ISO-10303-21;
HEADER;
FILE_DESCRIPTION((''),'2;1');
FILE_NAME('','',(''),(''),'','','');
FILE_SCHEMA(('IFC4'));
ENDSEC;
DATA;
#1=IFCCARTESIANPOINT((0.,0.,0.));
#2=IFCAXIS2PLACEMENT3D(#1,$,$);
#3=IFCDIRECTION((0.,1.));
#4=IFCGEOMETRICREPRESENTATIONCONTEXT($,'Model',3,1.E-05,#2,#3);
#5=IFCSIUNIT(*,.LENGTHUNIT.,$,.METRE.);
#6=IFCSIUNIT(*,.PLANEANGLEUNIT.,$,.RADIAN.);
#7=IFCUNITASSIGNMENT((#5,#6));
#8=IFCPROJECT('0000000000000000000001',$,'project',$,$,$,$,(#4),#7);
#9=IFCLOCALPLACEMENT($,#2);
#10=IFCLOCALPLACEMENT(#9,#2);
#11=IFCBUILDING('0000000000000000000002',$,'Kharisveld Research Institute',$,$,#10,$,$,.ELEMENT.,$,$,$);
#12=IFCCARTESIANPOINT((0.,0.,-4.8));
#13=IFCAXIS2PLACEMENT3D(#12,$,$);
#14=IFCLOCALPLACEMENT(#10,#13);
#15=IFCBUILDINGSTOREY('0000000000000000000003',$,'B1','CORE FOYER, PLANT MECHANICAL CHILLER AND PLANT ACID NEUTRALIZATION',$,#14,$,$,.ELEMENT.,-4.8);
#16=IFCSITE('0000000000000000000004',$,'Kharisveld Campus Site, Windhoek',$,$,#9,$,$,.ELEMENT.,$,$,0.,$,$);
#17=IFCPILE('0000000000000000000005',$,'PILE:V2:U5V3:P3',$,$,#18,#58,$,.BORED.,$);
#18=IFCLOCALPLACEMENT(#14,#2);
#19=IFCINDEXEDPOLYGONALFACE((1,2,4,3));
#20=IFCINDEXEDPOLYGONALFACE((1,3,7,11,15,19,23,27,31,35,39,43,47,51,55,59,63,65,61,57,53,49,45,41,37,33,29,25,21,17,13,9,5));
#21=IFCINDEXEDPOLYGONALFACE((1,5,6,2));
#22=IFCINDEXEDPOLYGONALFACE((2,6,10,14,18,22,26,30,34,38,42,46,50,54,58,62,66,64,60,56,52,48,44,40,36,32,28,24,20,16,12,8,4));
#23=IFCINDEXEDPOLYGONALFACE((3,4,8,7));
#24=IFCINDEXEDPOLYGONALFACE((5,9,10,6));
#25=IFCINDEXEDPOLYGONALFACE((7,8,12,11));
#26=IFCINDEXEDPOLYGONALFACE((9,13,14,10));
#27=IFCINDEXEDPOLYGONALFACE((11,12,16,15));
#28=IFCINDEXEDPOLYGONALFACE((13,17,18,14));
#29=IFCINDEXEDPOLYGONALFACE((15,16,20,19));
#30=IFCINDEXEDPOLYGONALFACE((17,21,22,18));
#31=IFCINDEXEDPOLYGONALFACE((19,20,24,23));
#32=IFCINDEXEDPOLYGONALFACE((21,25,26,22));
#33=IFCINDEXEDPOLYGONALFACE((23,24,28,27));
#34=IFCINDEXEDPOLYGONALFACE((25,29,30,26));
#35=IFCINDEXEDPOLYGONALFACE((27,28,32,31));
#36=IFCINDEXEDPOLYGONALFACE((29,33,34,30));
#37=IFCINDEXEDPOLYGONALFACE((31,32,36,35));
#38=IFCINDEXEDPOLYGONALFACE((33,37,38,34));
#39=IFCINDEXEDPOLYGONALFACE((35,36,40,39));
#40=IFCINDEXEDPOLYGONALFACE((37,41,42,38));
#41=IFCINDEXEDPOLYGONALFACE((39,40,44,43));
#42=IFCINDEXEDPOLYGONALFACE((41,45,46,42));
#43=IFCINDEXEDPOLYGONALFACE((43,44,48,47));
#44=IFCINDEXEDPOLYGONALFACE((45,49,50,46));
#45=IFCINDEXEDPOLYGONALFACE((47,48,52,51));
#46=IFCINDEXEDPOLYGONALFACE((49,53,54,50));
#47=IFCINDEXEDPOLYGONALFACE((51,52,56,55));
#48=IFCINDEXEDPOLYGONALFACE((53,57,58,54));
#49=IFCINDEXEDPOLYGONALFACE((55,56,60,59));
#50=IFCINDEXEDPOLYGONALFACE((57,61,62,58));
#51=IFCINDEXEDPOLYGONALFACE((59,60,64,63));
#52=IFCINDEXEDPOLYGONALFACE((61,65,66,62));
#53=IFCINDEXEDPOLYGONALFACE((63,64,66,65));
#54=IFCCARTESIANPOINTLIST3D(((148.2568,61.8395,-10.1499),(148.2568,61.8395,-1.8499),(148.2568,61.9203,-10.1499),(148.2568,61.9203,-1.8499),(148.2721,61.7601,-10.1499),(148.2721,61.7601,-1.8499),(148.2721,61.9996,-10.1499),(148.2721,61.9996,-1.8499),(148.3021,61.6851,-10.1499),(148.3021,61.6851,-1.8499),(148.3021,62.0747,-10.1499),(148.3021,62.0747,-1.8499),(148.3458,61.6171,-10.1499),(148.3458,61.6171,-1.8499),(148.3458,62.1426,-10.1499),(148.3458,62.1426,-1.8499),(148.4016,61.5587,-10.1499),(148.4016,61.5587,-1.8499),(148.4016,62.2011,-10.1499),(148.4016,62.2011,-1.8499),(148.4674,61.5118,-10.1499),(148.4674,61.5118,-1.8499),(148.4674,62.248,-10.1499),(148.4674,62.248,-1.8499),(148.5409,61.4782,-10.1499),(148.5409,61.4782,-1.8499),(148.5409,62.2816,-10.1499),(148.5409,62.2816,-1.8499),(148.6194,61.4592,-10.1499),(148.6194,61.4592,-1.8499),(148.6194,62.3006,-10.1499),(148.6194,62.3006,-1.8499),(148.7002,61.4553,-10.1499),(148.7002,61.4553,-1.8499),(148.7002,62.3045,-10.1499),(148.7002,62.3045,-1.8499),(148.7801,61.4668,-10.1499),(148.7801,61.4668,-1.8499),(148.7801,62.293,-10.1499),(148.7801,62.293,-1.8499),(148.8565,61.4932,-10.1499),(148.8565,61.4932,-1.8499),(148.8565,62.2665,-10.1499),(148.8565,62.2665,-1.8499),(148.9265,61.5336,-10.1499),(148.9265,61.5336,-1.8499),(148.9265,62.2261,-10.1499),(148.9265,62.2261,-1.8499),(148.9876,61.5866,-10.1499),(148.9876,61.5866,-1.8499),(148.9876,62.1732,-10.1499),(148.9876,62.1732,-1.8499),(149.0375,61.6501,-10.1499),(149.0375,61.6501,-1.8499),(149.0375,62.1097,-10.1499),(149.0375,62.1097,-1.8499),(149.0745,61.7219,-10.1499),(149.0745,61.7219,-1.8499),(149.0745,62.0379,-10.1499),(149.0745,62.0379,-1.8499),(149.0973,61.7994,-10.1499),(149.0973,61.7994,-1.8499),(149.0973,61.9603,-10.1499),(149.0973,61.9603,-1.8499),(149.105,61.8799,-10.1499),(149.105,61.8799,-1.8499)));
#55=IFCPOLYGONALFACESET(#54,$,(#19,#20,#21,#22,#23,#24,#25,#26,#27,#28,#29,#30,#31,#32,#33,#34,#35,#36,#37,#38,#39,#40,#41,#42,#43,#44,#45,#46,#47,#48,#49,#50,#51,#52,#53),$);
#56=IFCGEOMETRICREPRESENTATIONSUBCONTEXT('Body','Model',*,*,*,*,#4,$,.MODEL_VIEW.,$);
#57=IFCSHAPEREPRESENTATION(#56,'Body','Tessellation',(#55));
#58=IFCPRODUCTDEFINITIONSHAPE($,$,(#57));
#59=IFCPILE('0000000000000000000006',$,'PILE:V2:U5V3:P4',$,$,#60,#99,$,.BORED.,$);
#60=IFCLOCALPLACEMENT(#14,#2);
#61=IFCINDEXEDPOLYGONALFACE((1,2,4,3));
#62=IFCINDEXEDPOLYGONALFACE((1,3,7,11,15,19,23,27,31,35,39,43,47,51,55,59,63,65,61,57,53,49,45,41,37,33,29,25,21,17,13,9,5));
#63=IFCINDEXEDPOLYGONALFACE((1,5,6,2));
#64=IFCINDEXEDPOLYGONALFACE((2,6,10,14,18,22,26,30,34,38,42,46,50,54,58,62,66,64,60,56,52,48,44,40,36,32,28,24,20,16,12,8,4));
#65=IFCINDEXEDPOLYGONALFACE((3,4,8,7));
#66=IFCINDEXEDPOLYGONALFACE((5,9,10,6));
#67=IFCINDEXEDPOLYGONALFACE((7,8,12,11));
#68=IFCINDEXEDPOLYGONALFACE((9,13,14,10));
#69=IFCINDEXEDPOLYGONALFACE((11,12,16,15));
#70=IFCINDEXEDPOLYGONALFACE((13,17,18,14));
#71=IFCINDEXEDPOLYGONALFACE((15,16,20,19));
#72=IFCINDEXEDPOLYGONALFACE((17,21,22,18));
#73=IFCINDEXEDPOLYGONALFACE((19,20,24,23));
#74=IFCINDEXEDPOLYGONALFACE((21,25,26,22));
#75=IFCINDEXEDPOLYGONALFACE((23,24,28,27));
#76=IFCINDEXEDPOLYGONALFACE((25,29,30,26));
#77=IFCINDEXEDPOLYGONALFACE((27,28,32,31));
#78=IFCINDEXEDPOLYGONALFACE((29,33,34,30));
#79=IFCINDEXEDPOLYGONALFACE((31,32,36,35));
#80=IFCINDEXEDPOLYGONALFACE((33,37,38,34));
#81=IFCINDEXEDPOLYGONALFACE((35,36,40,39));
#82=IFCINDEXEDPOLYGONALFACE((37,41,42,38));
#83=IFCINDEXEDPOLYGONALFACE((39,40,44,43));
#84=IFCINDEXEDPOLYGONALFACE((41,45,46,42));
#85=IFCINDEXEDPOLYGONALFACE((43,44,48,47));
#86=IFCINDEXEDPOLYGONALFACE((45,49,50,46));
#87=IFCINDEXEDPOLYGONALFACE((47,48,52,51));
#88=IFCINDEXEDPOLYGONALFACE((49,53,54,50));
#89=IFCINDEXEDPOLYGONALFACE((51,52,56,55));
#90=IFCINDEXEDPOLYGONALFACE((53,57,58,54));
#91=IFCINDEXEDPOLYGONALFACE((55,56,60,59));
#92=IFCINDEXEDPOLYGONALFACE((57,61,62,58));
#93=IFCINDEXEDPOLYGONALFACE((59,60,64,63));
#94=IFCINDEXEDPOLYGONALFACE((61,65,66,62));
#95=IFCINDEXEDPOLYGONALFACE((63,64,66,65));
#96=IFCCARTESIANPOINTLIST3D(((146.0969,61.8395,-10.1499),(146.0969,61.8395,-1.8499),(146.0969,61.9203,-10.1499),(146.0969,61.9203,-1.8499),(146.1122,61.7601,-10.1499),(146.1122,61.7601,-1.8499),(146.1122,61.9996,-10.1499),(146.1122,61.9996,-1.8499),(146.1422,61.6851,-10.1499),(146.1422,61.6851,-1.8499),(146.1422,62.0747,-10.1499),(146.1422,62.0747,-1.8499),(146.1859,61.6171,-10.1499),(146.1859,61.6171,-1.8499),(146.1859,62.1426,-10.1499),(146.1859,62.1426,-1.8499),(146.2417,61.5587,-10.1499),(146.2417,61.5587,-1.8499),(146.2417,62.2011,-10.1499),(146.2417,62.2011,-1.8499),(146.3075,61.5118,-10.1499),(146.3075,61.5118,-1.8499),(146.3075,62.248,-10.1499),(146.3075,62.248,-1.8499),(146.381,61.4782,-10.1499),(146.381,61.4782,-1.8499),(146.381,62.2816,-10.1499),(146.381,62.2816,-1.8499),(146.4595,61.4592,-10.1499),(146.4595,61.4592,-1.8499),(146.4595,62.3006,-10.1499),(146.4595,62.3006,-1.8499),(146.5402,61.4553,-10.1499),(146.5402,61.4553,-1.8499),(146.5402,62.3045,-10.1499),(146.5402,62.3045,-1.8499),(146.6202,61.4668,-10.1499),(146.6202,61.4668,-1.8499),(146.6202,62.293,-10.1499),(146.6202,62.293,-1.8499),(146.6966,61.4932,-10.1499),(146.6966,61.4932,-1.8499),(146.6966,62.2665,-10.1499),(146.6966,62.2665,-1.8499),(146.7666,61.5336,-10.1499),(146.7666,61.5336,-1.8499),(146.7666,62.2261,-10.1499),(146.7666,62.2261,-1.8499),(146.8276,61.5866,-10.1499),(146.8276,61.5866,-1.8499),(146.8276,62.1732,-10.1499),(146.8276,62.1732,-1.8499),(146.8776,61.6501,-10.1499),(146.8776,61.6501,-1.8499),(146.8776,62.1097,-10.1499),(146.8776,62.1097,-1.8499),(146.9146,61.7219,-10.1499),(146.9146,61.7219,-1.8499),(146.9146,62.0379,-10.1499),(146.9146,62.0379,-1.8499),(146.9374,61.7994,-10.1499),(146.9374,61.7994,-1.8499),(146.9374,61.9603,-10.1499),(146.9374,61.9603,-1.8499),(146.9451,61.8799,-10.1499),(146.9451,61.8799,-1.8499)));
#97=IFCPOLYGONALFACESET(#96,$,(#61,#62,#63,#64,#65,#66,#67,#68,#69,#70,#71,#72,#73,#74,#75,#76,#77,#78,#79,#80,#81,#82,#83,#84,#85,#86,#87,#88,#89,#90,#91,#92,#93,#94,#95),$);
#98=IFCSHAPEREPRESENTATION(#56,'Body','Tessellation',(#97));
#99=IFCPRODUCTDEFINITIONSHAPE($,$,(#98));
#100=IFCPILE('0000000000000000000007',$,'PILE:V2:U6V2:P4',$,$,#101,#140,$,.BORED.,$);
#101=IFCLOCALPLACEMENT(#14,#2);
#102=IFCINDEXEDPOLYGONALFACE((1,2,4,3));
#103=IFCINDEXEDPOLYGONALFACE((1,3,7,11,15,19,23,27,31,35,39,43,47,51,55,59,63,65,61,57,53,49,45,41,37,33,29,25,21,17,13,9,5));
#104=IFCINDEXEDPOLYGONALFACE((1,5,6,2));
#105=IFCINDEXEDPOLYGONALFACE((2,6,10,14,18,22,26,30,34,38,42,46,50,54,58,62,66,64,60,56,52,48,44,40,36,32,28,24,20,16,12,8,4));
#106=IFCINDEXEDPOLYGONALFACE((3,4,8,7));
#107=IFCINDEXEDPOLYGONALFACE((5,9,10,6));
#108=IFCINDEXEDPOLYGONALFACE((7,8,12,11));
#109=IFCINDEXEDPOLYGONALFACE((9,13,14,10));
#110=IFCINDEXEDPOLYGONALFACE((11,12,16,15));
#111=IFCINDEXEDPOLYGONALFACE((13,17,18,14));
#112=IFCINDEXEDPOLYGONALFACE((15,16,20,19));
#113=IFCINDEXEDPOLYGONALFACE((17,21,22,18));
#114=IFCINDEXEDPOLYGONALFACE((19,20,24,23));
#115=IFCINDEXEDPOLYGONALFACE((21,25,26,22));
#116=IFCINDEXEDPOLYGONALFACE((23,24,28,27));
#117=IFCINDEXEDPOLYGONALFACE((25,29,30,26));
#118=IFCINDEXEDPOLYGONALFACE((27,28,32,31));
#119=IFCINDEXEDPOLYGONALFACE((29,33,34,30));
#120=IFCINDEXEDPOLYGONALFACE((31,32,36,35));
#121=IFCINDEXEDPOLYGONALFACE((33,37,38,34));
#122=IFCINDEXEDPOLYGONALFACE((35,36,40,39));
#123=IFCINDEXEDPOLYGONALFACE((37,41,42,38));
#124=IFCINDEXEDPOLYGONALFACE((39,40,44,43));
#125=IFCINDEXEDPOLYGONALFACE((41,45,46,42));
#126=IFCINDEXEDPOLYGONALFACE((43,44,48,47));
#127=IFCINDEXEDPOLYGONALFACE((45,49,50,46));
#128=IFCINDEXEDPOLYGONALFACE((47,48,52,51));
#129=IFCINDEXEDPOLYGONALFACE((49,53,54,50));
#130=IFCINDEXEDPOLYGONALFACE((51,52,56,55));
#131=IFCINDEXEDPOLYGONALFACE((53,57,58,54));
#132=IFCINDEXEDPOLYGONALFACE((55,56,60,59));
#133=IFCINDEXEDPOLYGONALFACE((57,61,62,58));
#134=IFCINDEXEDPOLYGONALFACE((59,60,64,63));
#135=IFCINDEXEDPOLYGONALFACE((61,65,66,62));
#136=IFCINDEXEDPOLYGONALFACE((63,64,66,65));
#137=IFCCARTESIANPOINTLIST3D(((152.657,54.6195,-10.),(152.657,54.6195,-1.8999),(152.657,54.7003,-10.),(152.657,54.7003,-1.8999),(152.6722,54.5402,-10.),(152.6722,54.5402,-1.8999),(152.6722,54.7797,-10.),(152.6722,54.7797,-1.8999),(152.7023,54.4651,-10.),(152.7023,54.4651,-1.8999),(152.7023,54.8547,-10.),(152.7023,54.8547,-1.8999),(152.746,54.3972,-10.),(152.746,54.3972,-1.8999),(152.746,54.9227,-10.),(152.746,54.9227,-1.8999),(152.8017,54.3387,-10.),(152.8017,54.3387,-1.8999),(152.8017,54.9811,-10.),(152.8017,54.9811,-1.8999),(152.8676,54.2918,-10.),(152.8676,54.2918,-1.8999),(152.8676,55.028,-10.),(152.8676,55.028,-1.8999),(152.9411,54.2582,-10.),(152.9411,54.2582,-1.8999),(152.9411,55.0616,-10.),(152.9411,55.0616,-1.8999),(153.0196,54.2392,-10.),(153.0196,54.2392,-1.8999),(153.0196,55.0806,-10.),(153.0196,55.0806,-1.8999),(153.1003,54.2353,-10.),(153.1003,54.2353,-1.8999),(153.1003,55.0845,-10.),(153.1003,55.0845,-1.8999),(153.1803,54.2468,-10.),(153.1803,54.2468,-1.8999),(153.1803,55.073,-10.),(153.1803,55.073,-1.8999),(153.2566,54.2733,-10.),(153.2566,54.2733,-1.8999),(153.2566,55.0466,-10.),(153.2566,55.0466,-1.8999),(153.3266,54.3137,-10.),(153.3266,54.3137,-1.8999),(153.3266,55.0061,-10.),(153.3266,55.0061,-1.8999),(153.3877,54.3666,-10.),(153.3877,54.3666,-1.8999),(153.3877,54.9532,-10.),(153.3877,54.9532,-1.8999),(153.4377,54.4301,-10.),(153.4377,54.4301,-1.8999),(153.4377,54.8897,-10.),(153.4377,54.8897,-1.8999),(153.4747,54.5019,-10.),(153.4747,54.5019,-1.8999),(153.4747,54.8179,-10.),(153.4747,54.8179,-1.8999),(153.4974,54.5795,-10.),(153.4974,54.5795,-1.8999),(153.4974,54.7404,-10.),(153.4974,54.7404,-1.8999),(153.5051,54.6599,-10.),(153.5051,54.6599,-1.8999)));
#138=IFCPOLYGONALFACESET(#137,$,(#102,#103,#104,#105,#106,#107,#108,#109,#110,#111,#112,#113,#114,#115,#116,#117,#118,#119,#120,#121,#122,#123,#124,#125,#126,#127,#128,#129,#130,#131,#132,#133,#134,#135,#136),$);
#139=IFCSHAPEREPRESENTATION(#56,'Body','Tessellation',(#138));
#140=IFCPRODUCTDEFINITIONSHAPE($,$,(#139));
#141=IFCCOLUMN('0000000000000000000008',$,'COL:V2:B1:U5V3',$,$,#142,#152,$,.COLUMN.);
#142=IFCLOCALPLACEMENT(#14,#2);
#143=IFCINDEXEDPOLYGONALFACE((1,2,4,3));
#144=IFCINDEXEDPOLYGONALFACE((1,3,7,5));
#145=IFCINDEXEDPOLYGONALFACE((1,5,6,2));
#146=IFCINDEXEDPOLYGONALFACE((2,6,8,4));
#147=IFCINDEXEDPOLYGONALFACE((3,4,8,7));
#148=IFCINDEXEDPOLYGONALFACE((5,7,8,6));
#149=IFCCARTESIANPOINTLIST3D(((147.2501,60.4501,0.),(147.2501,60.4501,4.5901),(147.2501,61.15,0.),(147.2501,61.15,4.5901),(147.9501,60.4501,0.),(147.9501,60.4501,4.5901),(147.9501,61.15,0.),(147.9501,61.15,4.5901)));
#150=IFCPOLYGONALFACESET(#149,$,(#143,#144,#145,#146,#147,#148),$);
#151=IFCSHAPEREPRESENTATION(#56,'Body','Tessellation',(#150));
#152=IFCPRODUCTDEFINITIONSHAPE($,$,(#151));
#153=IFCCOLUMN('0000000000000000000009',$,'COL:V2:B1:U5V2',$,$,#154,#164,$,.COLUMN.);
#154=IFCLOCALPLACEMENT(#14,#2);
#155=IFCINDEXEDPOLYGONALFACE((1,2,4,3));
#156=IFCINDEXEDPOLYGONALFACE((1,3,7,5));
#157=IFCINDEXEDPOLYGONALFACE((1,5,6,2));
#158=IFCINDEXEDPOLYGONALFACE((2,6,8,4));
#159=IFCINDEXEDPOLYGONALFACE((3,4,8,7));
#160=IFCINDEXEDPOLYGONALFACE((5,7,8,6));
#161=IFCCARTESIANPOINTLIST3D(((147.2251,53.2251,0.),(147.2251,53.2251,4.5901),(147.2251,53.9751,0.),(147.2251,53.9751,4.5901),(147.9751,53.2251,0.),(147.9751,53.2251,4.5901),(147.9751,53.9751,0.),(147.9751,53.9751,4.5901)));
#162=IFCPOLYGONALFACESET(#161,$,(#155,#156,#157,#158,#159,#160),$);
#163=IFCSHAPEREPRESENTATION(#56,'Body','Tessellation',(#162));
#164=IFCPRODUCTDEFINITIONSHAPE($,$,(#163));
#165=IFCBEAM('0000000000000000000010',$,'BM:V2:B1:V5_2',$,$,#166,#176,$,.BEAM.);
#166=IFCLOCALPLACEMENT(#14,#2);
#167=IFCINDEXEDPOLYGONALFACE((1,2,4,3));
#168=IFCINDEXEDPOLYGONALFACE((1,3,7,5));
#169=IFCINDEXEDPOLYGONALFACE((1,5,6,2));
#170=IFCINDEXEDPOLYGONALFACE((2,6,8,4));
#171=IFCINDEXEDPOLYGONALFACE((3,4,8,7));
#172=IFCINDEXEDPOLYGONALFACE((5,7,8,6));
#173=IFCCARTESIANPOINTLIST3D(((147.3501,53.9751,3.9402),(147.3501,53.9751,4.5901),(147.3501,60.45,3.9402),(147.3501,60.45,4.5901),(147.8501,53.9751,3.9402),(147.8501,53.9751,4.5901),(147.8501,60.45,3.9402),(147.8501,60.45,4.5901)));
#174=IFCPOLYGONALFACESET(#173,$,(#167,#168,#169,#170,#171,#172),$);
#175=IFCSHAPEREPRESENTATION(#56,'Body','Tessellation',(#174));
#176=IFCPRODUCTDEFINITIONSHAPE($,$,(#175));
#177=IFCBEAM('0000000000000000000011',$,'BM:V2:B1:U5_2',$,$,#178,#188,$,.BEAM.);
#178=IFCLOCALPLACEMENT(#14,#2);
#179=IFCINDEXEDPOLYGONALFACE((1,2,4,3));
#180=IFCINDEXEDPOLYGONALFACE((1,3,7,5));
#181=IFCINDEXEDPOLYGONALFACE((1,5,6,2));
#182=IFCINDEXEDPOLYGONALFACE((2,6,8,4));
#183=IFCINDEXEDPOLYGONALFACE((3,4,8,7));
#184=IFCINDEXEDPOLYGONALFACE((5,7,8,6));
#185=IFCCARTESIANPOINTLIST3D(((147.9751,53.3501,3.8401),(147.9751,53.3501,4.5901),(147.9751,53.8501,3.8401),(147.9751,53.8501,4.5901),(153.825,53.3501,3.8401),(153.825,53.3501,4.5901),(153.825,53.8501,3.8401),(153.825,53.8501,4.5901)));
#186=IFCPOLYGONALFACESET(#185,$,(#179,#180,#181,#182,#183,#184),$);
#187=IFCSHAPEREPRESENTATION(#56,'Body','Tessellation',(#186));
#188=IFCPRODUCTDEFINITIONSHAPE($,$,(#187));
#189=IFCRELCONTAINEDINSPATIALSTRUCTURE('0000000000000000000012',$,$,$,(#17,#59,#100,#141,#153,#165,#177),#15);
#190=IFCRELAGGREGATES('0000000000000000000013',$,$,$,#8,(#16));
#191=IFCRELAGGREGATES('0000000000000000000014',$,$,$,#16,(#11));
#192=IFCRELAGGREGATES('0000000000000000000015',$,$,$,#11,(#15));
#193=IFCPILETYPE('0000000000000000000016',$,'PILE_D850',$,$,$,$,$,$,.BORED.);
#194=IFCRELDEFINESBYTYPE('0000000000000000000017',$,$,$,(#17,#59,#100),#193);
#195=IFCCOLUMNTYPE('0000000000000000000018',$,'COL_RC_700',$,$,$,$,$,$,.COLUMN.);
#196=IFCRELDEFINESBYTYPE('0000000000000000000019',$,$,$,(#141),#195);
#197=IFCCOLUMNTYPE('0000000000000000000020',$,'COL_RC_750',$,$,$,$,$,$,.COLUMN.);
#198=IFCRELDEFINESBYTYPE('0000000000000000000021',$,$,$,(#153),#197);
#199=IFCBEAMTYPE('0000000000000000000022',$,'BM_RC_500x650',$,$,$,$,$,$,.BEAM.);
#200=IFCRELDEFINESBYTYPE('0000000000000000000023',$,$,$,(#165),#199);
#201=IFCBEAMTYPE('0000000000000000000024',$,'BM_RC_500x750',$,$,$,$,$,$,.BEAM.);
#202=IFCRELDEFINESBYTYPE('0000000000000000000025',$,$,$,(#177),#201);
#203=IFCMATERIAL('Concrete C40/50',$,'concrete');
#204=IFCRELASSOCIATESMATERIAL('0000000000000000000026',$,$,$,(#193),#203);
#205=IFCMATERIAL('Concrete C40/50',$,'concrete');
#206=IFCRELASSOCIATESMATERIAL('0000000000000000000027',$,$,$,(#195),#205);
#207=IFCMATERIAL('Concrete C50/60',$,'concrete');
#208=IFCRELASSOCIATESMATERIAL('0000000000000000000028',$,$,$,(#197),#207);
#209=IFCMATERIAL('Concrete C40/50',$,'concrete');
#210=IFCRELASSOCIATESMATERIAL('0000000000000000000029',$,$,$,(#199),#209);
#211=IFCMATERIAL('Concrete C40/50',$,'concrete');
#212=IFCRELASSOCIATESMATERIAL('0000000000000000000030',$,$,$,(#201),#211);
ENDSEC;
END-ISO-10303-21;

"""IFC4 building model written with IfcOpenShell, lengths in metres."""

from ifc_helpers import new_model, si_unit, direction, frame, origin, origin_2d, place, context, subcontext, project, spatial, rectangle, circle, extrude, material, material_profile, profile_set, type_object, element, save


model = new_model("IFC4")

# Units and contexts
model_context = context("Model", 3, precision=1e-05, world=origin(), true_north=direction((0.0, 1.0)))
body_context = subcontext(model_context, "Body", "Model", "MODEL_VIEW")
ifc_project = project(units=[si_unit("LENGTHUNIT", "METRE"), si_unit("PLANEANGLEUNIT", "RADIAN")], contexts=[model_context])

# Site, building, storey
site_placement = place(None, origin())
site = spatial("IfcSite", under=ifc_project, at=site_placement, Name="Kharisveld Campus Site, Windhoek", CompositionType="ELEMENT", RefElevation=0.0)
building_placement = place(site_placement, origin())
building = spatial("IfcBuilding", under=site, at=building_placement, Name="Kharisveld Research Institute", CompositionType="ELEMENT")
storey_placement = place(building_placement, frame((0.0, 0.0, -4.8)))
storey = spatial("IfcBuildingStorey", under=building, at=storey_placement, Name="B1", Description="CORE FOYER, PLANT MECHANICAL CHILLER AND PLANT ACID NEUTRALIZATION", CompositionType="ELEMENT", Elevation=-4.8)

# Piles
ifc_material_1 = material(Name="Concrete C40/50", Category="concrete")
ifc_material_profile_1 = material_profile(ifc_material_1, circle(Radius=0.425, at=origin_2d()))
ifc_profile_set_1 = profile_set([ifc_material_profile_1], Name="Concrete C40/50")
pile_type_1 = type_object("IfcPileType", Name="PILE_D850", PredefinedType="BORED", material=ifc_profile_set_1)
for number, where, z_axis, x_axis, name in (
    (1, (148.6799, 61.8799, -1.8499), (0.0, 0.0, -1.0), (1.0, 0.0, 0.0), "PILE:V2:U5V3:P3"),
    (2, (146.52, 61.8799, -1.8499), (0.0, 0.0, -1.0), (1.0, 0.0, 0.0), "PILE:V2:U5V3:P4"),
):
    element("IfcPile", number, at=place(storey_placement, frame(where, z_axis=z_axis, x_axis=x_axis)), inside=storey, type_object=pile_type_1, Name=name, PredefinedType="BORED", context=body_context, shape_type="SweptSolid", body=[
        extrude(circle(Radius=0.425, at=origin_2d()), origin(), (0.0, 0.0, 1.0), 8.3),
    ])
pile_1_placement = place(storey_placement, frame((153.0801, 54.6599, -1.8999), z_axis=(0.0, 0.0, -1.0), x_axis=(1.0, 0.0, 0.0)))
element("IfcPile", 3, at=pile_1_placement, inside=storey, type_object=pile_type_1, Name="PILE:V2:U6V2:P4", PredefinedType="BORED", context=body_context, shape_type="SweptSolid", body=[
    extrude(circle(Radius=0.425, at=origin_2d()), origin(), (0.0, 0.0, 1.0), 8.1001),
])

# Columns
ifc_material_2 = material(Name="Concrete C40/50", Category="concrete")
ifc_material_profile_2 = material_profile(ifc_material_2, rectangle(XDim=0.7, YDim=0.7, at=origin_2d()))
ifc_profile_set_2 = profile_set([ifc_material_profile_2], Name="Concrete C40/50")
column_type_1 = type_object("IfcColumnType", Name="COL_RC_700", PredefinedType="COLUMN", material=ifc_profile_set_2)
column_1_placement = place(storey_placement, frame((147.6001, 60.8, 0.0), z_axis=(0.0, 0.0, 1.0), x_axis=(1.0, 0.0, 0.0)))
element("IfcColumn", 4, at=column_1_placement, inside=storey, type_object=column_type_1, Name="COL:V2:B1:U5V3", PredefinedType="COLUMN", context=body_context, shape_type="SweptSolid", body=[
    extrude(rectangle(XDim=0.7, YDim=0.7, at=origin_2d()), origin(), (0.0, 0.0, 1.0), 4.5901),
])
ifc_material_3 = material(Name="Concrete C50/60", Category="concrete")
ifc_material_profile_3 = material_profile(ifc_material_3, rectangle(XDim=0.75, YDim=0.75, at=origin_2d()))
ifc_profile_set_3 = profile_set([ifc_material_profile_3], Name="Concrete C50/60")
column_type_2 = type_object("IfcColumnType", Name="COL_RC_750", PredefinedType="COLUMN", material=ifc_profile_set_3)
column_2_placement = place(storey_placement, frame((147.6001, 53.6001, 0.0), z_axis=(0.0, 0.0, 1.0), x_axis=(1.0, 0.0, 0.0)))
element("IfcColumn", 5, at=column_2_placement, inside=storey, type_object=column_type_2, Name="COL:V2:B1:U5V2", PredefinedType="COLUMN", context=body_context, shape_type="SweptSolid", body=[
    extrude(rectangle(XDim=0.75, YDim=0.75, at=origin_2d()), origin(), (0.0, 0.0, 1.0), 4.5901),
])

# Beams
ifc_material_4 = material(Name="Concrete C40/50", Category="concrete")
ifc_material_profile_4 = material_profile(ifc_material_4, rectangle(XDim=0.5, YDim=0.6499, at=origin_2d()))
ifc_profile_set_4 = profile_set([ifc_material_profile_4], Name="Concrete C40/50")
beam_type_1 = type_object("IfcBeamType", Name="BM_RC_500x650", PredefinedType="BEAM", material=ifc_profile_set_4)
beam_1_placement = place(storey_placement, frame((147.6001, 53.9751, 4.2651), z_axis=(0.0, 1.0, 0.0), x_axis=(-1.0, 0.0, 0.0)))
element("IfcBeam", 6, at=beam_1_placement, inside=storey, type_object=beam_type_1, Name="BM:V2:B1:V5_2", PredefinedType="BEAM", context=body_context, shape_type="SweptSolid", body=[
    extrude(rectangle(XDim=0.5, YDim=0.6499, at=origin_2d()), origin(), (0.0, 0.0, 1.0), 6.4749),
])
ifc_material_5 = material(Name="Concrete C40/50", Category="concrete")
ifc_material_profile_5 = material_profile(ifc_material_5, rectangle(XDim=0.5, YDim=0.75, at=origin_2d()))
ifc_profile_set_5 = profile_set([ifc_material_profile_5], Name="Concrete C40/50")
beam_type_2 = type_object("IfcBeamType", Name="BM_RC_500x750", PredefinedType="BEAM", material=ifc_profile_set_5)
beam_2_placement = place(storey_placement, frame((147.9751, 53.6001, 4.2151), z_axis=(1.0, 0.0, 0.0), x_axis=(0.0, 1.0, 0.0)))
element("IfcBeam", 7, at=beam_2_placement, inside=storey, type_object=beam_type_2, Name="BM:V2:B1:U5_2", PredefinedType="BEAM", context=body_context, shape_type="SweptSolid", body=[
    extrude(rectangle(XDim=0.5, YDim=0.75, at=origin_2d()), origin(), (0.0, 0.0, 1.0), 5.8499),
])

save(model, "model.ifc")
